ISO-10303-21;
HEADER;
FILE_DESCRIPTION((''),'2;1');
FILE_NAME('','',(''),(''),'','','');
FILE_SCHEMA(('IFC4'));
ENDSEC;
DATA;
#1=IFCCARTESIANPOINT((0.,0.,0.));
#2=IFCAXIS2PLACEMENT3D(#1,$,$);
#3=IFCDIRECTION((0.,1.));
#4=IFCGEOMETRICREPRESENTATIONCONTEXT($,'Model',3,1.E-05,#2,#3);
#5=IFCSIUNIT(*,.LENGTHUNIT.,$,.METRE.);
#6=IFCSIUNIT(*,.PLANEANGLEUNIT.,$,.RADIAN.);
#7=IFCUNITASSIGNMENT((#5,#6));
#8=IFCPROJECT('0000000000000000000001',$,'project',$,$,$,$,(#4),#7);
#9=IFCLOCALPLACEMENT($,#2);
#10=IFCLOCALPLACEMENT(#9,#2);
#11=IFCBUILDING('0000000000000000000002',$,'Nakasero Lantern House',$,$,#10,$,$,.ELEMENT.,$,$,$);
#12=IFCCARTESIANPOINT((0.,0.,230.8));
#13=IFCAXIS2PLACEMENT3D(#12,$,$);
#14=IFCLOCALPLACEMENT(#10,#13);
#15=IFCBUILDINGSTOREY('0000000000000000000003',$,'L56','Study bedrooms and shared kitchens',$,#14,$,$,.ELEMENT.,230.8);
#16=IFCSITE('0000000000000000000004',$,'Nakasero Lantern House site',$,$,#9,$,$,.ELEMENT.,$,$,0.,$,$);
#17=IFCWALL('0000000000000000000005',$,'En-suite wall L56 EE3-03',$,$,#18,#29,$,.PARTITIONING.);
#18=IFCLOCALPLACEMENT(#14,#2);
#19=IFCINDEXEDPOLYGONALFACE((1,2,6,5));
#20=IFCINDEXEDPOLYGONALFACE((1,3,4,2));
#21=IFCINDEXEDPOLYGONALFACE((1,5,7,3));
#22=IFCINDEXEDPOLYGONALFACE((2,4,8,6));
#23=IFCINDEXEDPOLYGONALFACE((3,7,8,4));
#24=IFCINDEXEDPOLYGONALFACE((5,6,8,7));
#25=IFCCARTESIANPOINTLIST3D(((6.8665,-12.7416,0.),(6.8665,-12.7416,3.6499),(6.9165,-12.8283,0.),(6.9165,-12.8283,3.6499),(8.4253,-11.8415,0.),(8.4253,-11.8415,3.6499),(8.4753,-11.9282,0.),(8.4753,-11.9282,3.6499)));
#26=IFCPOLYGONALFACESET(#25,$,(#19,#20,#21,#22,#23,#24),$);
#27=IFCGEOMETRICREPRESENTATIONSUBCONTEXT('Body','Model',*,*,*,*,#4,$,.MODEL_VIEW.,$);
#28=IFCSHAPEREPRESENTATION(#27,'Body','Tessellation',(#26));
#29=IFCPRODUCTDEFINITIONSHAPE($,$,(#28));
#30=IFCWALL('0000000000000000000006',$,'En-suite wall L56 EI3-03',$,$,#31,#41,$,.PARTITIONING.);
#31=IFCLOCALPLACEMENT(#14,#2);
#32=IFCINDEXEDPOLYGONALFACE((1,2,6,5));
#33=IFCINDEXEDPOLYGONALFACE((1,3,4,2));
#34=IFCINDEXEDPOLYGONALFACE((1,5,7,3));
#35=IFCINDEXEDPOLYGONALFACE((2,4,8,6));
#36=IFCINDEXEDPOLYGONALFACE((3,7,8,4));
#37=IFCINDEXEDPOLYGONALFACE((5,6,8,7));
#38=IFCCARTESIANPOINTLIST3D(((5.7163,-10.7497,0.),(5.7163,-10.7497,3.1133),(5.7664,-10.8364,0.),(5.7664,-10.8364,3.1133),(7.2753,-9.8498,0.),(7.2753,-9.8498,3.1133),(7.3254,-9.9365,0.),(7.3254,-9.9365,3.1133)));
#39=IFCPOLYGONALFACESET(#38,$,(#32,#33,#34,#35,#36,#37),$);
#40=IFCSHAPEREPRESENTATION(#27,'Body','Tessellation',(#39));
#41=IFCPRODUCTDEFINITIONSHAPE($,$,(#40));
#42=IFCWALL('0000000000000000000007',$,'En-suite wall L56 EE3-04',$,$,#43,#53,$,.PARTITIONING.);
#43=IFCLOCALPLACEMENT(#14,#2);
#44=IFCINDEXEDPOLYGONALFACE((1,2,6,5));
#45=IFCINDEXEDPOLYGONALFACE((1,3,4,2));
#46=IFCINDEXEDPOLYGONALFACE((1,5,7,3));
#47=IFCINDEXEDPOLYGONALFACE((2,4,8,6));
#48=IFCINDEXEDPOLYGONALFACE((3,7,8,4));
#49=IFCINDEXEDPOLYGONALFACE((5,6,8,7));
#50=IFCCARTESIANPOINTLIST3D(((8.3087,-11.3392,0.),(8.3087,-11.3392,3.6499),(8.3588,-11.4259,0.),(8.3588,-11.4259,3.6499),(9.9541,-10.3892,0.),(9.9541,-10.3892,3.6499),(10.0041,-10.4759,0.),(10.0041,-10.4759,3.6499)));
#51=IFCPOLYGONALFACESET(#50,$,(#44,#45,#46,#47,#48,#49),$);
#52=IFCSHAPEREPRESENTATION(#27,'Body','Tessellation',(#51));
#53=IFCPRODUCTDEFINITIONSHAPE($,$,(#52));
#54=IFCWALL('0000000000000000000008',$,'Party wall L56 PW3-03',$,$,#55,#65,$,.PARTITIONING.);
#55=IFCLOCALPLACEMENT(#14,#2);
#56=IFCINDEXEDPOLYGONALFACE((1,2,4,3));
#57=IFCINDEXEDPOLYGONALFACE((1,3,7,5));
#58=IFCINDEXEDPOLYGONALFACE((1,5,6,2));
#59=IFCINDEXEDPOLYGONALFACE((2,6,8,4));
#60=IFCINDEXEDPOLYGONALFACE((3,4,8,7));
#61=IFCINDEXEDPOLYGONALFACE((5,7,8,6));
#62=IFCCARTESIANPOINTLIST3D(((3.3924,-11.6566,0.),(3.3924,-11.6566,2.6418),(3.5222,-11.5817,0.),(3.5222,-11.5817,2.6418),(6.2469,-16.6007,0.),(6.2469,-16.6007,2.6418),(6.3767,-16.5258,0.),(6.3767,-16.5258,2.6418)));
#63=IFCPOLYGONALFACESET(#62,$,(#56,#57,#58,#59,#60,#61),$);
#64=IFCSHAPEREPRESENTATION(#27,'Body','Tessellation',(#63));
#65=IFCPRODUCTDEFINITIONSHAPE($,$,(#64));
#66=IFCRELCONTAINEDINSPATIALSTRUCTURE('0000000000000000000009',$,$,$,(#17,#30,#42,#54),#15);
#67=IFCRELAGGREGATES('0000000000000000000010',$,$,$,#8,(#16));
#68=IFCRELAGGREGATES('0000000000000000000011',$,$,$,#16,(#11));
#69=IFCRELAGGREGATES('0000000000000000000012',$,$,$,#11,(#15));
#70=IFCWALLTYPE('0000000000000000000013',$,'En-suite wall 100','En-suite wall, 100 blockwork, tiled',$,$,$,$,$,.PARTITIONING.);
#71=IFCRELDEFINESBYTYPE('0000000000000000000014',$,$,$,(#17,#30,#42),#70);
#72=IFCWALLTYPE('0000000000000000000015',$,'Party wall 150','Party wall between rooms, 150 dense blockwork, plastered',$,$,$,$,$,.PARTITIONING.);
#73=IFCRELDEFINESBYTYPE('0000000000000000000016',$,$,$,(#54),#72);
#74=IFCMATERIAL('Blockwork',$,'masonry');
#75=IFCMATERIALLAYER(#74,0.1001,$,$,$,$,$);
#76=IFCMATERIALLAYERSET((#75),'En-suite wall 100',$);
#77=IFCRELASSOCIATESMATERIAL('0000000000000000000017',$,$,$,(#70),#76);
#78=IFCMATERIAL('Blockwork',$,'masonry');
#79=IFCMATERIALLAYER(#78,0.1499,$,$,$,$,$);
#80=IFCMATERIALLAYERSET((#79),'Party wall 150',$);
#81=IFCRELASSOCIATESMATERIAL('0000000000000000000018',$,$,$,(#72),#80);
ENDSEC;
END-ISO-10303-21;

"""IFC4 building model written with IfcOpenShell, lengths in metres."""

from ifc_helpers import new_model, si_unit, direction, frame, frame_2d, origin, place, context, subcontext, project, spatial, rectangle, extrude, material, layer, layer_set, type_object, element, save


model = new_model("IFC4")

# Units and contexts
model_context = context("Model", 3, precision=1e-05, world=origin(), true_north=direction((0.0, 1.0)))
body_context = subcontext(model_context, "Body", "Model", "MODEL_VIEW")
ifc_project = project(units=[si_unit("LENGTHUNIT", "METRE"), si_unit("PLANEANGLEUNIT", "RADIAN")], contexts=[model_context])

# Site, building, storey
site_placement = place(None, origin())
site = spatial("IfcSite", under=ifc_project, at=site_placement, Name="Nakasero Lantern House site", CompositionType="ELEMENT", RefElevation=0.0)
building_placement = place(site_placement, origin())
building = spatial("IfcBuilding", under=site, at=building_placement, Name="Nakasero Lantern House", CompositionType="ELEMENT")
storey_placement = place(building_placement, frame((0.0, 0.0, 230.8)))
storey = spatial("IfcBuildingStorey", under=building, at=storey_placement, Name="L56", Description="Study bedrooms and shared kitchens", CompositionType="ELEMENT", Elevation=230.8)

# Shared definitions
ifc_material_1 = material(Name="Blockwork", Category="masonry")
ifc_layer_1 = layer(ifc_material_1, 0.1001)
ifc_layer_set_1 = layer_set([ifc_layer_1], Name="En-suite wall 100")
wall_type_1 = type_object("IfcWallType", Name="En-suite wall 100", Description="En-suite wall, 100 blockwork, tiled", PredefinedType="PARTITIONING", material=ifc_layer_set_1)

# Walls
wall_1_placement = place(storey_placement, frame((6.8916, -12.7849, 0.0), z_axis=(0.0, 0.0, 1.0), x_axis=(0.865989, 0.500063, 0.0)))
element("IfcWall", 1, at=wall_1_placement, inside=storey, type_object=wall_type_1, Name="En-suite wall L56 EE3-03", PredefinedType="PARTITIONING", context=body_context, shape_type="SweptSolid", body=[
    extrude(rectangle(XDim=1.8, YDim=0.1001, at=frame_2d((0.8999, 0.0))), origin(), (0.0, 0.0, 1.0), 3.6499),
])
wall_2_placement = place(storey_placement, frame((5.7415, -10.793, 0.0), z_axis=(0.0, 0.0, 1.0), x_axis=(0.866082, 0.499902, 0.0)))
element("IfcWall", 2, at=wall_2_placement, inside=storey, type_object=wall_type_1, Name="En-suite wall L56 EI3-03", PredefinedType="PARTITIONING", context=body_context, shape_type="SweptSolid", body=[
    extrude(rectangle(XDim=1.8, YDim=0.1001, at=frame_2d((0.8999, 0.0))), origin(), (0.0, 0.0, 1.0), 3.1133),
])
wall_3_placement = place(storey_placement, frame((8.3337, -11.3826, 0.0), z_axis=(0.0, 0.0, 1.0), x_axis=(0.866012, 0.500023, 0.0)))
element("IfcWall", 3, at=wall_3_placement, inside=storey, type_object=wall_type_1, Name="En-suite wall L56 EE3-04", PredefinedType="PARTITIONING", context=body_context, shape_type="SweptSolid", body=[
    extrude(rectangle(XDim=1.8999, YDim=0.1001, at=frame_2d((0.95, 0.0))), origin(), (0.0, 0.0, 1.0), 3.6499),
])
ifc_material_2 = material(Name="Blockwork", Category="masonry")
ifc_layer_2 = layer(ifc_material_2, 0.1499)
ifc_layer_set_2 = layer_set([ifc_layer_2], Name="Party wall 150")
wall_type_2 = type_object("IfcWallType", Name="Party wall 150", Description="Party wall between rooms, 150 dense blockwork, plastered", PredefinedType="PARTITIONING", material=ifc_layer_set_2)
wall_4_placement = place(storey_placement, frame((3.4573, -11.6191, 0.0), z_axis=(0.0, 0.0, 1.0), x_axis=(0.500003, -0.866024, 0.0)))
element("IfcWall", 4, at=wall_4_placement, inside=storey, type_object=wall_type_2, Name="Party wall L56 PW3-03", PredefinedType="PARTITIONING", context=body_context, shape_type="SweptSolid", body=[
    extrude(rectangle(XDim=5.709, YDim=0.1499, at=frame_2d((2.8545, 0.0))), origin(), (0.0, 0.0, 1.0), 2.6418),
])

save(model, "model.ifc")
